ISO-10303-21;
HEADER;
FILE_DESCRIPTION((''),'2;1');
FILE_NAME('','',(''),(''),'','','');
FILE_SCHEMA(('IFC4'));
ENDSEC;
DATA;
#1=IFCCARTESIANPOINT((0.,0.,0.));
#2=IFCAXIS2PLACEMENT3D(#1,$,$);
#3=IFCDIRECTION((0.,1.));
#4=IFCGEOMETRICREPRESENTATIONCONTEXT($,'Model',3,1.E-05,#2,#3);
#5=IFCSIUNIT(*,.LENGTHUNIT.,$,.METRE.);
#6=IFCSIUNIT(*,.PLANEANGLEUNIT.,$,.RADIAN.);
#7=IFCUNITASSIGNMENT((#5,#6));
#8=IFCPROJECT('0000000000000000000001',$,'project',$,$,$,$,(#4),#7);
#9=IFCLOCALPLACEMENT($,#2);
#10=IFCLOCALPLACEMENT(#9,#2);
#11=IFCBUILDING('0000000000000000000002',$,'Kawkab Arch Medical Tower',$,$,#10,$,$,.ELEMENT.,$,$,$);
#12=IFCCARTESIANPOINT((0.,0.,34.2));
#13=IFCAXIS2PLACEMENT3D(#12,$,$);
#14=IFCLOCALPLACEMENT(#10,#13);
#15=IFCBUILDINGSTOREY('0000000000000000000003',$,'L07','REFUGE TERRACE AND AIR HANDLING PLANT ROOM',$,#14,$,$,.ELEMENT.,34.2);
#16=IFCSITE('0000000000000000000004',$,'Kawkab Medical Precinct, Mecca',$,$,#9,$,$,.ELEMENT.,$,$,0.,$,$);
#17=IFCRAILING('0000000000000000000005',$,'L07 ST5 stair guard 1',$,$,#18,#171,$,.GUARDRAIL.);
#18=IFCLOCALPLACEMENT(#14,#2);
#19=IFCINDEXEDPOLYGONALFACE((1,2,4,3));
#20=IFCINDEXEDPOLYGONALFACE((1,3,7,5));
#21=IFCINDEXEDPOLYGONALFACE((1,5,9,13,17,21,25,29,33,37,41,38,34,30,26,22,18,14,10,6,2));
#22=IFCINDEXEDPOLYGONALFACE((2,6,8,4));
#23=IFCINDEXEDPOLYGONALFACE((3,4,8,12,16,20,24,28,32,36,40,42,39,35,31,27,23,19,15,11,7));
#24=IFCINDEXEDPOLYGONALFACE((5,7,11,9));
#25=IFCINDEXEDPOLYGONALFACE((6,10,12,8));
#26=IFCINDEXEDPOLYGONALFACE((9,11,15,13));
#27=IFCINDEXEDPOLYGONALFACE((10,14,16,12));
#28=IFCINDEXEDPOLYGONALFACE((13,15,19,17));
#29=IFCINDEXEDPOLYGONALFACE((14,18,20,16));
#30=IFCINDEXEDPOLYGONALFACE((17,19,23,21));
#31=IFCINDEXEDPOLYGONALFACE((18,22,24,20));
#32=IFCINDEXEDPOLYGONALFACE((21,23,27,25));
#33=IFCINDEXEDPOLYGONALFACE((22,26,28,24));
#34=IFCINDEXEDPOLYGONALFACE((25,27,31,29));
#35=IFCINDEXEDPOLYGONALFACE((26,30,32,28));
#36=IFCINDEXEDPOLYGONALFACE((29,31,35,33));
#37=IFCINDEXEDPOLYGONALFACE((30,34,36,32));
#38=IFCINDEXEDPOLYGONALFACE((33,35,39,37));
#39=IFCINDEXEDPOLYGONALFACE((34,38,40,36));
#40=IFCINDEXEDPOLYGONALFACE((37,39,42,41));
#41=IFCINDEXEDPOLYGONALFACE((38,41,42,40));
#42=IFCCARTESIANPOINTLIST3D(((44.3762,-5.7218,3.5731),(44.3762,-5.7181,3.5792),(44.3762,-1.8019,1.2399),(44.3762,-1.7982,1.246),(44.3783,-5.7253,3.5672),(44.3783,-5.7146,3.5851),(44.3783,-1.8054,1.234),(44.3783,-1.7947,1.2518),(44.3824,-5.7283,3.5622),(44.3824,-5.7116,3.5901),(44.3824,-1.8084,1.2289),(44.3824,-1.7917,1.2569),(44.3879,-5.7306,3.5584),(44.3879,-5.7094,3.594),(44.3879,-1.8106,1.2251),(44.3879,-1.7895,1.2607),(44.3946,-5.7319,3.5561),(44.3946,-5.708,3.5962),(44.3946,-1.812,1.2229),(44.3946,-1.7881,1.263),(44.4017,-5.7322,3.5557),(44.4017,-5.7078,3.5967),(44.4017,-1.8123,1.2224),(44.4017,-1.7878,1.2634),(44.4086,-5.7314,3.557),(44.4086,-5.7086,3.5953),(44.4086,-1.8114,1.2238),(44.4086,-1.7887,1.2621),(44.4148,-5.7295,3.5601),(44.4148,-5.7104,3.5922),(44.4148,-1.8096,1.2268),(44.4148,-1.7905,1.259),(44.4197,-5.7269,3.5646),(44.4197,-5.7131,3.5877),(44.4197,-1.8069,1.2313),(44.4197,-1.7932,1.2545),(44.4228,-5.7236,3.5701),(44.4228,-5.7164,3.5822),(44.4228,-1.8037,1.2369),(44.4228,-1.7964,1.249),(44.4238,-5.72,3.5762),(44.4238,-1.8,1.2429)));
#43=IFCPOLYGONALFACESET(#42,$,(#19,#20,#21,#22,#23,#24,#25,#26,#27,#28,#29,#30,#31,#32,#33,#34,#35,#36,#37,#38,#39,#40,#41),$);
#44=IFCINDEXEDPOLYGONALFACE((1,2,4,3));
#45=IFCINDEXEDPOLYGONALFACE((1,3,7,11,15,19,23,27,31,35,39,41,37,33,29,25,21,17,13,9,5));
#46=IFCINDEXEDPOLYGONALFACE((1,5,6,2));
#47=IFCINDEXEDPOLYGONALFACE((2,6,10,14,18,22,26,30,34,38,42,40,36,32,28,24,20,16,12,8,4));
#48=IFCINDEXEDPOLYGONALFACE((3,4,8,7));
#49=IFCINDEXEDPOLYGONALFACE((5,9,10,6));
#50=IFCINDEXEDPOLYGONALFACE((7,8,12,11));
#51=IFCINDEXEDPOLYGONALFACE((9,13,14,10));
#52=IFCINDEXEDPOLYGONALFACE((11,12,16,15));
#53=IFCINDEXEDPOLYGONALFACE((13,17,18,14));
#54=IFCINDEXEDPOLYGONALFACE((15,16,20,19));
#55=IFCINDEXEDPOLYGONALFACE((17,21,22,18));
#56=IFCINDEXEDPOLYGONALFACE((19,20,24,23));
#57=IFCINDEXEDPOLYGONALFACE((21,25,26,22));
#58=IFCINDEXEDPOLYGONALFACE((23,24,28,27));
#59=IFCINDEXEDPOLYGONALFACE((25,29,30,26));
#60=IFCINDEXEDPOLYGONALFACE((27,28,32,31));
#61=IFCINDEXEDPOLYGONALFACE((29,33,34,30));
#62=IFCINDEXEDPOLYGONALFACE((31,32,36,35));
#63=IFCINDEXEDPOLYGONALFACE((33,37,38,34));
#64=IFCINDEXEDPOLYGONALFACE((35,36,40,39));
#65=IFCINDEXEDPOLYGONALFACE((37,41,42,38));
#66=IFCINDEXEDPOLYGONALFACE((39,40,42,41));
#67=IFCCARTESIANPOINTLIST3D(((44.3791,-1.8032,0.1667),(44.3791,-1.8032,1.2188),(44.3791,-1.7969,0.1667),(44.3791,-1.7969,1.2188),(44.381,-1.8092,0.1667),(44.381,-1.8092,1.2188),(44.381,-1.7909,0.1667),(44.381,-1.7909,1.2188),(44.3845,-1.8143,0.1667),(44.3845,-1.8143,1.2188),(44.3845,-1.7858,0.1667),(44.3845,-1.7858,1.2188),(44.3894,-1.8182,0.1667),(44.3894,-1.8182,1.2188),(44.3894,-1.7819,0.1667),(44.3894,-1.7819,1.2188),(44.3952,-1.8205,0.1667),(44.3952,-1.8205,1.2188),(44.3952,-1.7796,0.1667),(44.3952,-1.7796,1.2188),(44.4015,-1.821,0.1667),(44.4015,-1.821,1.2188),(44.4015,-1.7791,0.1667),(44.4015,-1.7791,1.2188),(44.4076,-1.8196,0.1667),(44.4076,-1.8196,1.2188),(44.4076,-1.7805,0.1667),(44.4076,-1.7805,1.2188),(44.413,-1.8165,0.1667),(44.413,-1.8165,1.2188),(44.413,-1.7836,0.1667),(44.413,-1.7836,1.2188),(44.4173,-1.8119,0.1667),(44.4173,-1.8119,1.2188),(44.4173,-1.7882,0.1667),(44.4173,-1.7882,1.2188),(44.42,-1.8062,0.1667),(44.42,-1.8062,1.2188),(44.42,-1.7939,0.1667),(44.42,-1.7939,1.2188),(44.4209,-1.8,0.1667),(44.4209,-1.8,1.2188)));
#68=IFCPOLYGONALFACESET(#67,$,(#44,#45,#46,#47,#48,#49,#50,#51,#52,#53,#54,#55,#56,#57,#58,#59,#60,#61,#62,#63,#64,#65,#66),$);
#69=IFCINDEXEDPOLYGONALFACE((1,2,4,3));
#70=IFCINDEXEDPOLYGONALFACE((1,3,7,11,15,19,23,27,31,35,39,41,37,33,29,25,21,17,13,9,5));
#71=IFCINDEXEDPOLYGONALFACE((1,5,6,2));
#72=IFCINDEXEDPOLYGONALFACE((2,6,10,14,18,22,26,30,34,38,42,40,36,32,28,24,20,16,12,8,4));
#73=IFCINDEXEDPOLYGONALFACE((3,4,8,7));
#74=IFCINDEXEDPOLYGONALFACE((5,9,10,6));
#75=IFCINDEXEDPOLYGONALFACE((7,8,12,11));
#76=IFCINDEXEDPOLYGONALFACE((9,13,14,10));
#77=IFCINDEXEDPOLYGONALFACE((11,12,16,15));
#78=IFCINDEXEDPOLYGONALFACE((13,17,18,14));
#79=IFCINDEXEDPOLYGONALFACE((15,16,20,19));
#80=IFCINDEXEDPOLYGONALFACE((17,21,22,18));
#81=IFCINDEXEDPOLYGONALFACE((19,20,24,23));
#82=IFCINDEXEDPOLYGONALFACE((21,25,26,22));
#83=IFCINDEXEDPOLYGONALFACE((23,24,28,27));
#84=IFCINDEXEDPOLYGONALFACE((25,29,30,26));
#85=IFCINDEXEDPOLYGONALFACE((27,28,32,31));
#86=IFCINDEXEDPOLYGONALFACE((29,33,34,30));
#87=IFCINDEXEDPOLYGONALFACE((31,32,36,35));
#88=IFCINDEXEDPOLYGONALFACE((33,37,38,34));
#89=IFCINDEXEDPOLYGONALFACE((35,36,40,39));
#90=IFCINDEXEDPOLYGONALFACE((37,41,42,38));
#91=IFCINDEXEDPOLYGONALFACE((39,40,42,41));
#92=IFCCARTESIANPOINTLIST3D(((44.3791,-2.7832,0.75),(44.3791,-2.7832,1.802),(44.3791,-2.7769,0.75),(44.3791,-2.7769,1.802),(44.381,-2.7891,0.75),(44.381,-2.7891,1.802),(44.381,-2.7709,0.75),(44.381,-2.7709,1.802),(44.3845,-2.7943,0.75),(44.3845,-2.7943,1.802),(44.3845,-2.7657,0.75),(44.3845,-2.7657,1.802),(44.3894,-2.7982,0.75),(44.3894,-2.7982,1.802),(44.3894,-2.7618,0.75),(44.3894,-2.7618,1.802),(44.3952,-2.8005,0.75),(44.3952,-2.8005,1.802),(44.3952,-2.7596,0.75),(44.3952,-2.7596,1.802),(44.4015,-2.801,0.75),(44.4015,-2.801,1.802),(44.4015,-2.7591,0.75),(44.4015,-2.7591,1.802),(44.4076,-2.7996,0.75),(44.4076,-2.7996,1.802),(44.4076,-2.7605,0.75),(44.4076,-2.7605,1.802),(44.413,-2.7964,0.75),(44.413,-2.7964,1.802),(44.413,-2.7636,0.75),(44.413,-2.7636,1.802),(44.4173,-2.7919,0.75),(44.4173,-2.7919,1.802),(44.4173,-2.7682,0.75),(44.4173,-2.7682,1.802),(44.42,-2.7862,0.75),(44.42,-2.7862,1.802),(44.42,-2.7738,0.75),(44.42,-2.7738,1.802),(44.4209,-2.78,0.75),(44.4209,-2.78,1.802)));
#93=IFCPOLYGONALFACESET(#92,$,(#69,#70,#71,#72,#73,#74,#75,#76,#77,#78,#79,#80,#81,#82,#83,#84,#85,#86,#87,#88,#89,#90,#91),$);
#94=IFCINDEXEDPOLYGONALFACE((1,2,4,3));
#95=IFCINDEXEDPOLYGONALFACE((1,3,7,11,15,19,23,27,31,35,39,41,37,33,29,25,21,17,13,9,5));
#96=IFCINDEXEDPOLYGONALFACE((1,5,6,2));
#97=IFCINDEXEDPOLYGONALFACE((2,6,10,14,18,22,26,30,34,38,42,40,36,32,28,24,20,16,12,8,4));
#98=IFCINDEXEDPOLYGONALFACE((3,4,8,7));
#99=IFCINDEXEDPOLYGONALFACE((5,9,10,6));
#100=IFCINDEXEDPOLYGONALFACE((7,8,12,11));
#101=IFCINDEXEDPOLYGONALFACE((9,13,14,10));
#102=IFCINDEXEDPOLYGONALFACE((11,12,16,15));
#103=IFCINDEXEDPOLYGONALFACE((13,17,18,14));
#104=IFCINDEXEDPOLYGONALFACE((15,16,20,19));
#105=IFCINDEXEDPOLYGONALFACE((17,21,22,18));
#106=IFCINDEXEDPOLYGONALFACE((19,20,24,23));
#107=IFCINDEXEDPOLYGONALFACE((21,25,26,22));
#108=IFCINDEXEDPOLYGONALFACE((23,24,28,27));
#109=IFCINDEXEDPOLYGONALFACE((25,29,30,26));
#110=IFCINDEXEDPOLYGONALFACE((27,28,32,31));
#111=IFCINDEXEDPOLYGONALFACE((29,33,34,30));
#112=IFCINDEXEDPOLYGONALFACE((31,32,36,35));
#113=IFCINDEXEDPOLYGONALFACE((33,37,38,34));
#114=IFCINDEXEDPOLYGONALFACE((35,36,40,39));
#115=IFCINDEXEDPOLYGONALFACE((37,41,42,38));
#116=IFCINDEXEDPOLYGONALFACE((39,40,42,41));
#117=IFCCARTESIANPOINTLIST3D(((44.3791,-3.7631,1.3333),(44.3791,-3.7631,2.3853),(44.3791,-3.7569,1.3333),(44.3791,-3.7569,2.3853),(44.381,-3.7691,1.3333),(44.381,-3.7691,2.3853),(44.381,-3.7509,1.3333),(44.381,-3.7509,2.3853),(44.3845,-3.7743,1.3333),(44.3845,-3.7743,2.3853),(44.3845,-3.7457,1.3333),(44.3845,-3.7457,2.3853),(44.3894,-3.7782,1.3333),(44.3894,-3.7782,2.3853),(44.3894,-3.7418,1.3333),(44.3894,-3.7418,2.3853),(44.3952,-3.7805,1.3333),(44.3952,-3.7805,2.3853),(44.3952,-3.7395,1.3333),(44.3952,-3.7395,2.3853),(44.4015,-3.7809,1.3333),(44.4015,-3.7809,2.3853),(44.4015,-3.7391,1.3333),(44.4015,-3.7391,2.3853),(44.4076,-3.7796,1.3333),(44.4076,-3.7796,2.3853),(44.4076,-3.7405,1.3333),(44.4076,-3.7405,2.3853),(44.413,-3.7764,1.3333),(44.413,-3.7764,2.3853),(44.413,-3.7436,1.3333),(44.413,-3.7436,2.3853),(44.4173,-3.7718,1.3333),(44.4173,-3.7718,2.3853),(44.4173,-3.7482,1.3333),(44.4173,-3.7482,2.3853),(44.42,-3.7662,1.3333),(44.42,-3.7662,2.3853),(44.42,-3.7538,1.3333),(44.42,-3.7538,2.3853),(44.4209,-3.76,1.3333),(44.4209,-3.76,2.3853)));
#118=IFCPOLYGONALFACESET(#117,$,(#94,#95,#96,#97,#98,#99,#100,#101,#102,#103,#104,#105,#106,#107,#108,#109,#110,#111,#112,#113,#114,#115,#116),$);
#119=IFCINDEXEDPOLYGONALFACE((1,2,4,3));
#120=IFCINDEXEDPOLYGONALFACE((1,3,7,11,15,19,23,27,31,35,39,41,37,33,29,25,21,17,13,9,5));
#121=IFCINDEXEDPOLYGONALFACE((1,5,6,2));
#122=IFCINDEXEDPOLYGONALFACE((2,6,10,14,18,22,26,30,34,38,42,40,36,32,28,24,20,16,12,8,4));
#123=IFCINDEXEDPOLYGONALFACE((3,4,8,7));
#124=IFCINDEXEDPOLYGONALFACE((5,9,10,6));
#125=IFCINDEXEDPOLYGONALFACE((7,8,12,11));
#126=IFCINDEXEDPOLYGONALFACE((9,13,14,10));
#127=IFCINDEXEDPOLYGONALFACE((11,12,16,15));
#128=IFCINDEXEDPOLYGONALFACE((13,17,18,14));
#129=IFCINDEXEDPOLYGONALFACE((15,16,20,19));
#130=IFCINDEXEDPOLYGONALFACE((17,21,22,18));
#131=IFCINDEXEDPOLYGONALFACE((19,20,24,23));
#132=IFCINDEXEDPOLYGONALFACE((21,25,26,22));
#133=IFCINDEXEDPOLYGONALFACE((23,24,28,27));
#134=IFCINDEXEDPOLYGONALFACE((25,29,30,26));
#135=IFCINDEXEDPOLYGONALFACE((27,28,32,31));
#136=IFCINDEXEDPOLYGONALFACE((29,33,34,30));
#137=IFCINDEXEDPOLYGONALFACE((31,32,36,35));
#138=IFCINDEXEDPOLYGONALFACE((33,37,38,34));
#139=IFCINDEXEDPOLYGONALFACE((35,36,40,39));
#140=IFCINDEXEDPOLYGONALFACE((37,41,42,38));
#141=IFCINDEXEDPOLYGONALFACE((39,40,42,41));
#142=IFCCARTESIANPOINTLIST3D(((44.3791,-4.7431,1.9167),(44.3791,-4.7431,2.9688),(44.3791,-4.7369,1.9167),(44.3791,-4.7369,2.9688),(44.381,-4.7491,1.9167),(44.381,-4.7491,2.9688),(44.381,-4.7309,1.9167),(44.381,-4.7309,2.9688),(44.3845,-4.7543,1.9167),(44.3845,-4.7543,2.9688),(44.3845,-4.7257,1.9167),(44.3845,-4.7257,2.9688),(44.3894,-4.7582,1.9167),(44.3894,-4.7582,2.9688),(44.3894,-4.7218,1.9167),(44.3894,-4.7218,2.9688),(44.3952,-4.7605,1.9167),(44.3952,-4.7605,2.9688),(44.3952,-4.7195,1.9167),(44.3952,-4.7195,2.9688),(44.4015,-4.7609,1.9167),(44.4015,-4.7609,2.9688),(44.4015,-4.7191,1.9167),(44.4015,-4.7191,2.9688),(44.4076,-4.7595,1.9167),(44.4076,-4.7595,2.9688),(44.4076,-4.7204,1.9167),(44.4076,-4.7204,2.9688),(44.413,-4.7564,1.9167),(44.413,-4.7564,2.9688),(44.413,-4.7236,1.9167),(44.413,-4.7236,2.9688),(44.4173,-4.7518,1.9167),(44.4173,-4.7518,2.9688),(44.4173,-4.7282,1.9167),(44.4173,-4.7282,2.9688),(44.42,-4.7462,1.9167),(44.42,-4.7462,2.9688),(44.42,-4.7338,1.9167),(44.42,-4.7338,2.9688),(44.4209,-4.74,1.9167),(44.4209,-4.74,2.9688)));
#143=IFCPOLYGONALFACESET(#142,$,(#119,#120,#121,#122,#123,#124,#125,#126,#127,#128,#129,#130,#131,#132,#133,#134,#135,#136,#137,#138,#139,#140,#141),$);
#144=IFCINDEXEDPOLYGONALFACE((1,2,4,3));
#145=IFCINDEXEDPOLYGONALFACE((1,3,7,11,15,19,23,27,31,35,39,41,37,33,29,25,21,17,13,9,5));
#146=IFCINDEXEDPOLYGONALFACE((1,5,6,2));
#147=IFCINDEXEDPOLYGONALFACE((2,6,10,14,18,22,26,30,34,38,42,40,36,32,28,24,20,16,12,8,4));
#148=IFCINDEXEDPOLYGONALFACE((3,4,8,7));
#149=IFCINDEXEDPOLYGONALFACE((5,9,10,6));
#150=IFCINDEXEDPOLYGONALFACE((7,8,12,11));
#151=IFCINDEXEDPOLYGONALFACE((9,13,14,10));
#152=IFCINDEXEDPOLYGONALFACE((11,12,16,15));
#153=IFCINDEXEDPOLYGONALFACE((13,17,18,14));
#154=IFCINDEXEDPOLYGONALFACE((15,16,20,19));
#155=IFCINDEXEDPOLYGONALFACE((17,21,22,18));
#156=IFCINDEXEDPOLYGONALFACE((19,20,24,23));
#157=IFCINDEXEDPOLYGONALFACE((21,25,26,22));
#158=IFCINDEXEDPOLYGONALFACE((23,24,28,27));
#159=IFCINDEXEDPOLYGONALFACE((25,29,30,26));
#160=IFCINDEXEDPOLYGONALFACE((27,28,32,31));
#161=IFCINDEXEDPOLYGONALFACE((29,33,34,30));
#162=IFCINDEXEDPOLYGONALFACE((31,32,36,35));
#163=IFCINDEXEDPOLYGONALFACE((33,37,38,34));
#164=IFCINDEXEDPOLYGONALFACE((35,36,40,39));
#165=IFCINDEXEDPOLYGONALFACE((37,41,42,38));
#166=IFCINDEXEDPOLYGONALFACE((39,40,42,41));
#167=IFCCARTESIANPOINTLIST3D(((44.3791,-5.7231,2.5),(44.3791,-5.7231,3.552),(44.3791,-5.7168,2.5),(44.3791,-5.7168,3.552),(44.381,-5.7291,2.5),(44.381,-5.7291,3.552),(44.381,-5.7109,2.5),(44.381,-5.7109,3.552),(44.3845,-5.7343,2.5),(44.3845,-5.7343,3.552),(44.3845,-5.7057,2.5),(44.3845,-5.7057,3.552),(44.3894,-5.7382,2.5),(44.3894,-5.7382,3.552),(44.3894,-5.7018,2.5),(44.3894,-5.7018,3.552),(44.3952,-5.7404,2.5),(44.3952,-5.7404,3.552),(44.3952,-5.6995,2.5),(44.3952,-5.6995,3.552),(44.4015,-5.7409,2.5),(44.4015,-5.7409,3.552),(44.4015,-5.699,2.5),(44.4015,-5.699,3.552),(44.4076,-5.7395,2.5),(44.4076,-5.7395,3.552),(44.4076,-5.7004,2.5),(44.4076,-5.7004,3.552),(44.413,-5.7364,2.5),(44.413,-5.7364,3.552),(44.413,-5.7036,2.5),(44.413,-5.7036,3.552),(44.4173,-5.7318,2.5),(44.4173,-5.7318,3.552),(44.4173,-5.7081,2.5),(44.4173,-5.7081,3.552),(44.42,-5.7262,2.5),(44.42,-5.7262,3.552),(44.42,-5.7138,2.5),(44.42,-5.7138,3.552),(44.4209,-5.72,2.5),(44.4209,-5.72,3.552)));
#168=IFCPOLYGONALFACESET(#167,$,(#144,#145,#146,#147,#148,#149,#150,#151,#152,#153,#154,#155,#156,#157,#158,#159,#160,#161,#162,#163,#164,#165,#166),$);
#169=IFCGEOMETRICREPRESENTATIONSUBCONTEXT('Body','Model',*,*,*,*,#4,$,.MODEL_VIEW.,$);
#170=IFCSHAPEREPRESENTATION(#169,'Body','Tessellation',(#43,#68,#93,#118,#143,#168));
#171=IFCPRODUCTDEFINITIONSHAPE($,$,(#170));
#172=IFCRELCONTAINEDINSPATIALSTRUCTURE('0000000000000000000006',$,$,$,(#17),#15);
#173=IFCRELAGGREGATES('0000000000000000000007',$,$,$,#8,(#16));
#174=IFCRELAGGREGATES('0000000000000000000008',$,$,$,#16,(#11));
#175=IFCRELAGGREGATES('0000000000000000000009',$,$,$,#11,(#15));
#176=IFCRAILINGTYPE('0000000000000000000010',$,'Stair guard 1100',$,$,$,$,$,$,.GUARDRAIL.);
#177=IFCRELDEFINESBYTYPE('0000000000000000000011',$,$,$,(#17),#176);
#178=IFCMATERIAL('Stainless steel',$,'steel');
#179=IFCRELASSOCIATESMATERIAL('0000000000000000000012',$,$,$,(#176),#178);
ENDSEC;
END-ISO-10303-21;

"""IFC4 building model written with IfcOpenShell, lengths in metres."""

from ifc_helpers import new_model, si_unit, direction, frame, origin, origin_2d, place, context, subcontext, project, spatial, circle, extrude, material, type_object, element, save


model = new_model("IFC4")

# Units and contexts
model_context = context("Model", 3, precision=1e-05, world=origin(), true_north=direction((0.0, 1.0)))
body_context = subcontext(model_context, "Body", "Model", "MODEL_VIEW")
ifc_project = project(units=[si_unit("LENGTHUNIT", "METRE"), si_unit("PLANEANGLEUNIT", "RADIAN")], contexts=[model_context])

# Site, building, storey
site_placement = place(None, origin())
site = spatial("IfcSite", under=ifc_project, at=site_placement, Name="Kawkab Medical Precinct, Mecca", CompositionType="ELEMENT", RefElevation=0.0)
building_placement = place(site_placement, origin())
building = spatial("IfcBuilding", under=site, at=building_placement, Name="Kawkab Arch Medical Tower", CompositionType="ELEMENT")
storey_placement = place(building_placement, frame((0.0, 0.0, 34.2)))
storey = spatial("IfcBuildingStorey", under=building, at=storey_placement, Name="L07", Description="REFUGE TERRACE AND AIR HANDLING PLANT ROOM", CompositionType="ELEMENT", Elevation=34.2)

# Railing
ifc_material_1 = material(Name="Stainless steel", Category="steel")
railing_type = type_object("IfcRailingType", Name="Stair guard 1100", PredefinedType="GUARDRAIL", material=ifc_material_1)
railing_1_placement = place(storey_placement, frame((44.3999, -1.8, 0.1667)))
element("IfcRailing", 1, at=railing_1_placement, inside=storey, type_object=railing_type, Name="L07 ST5 stair guard 1", PredefinedType="GUARDRAIL", context=body_context, shape_type="SweptSolid", body=[
    extrude(circle(Radius=0.0239, at=origin_2d()), frame((0.0, 0.0, 1.0762), z_axis=(0.0, -0.859296, 0.511478), x_axis=(1.0, 0.0, 0.0)), (0.0, 0.0, 1.0), 4.5618),
    extrude(circle(Radius=0.021, at=origin_2d()), origin(), (0.0, 0.0, 1.0), 1.052),
    extrude(circle(Radius=0.021, at=origin_2d()), frame((0.0, -0.98, 0.5833)), (0.0, 0.0, 1.0), 1.052),
    extrude(circle(Radius=0.021, at=origin_2d()), frame((0.0, -1.96, 1.1665)), (0.0, 0.0, 1.0), 1.052),
    extrude(circle(Radius=0.021, at=origin_2d()), frame((0.0, -2.9399, 1.75)), (0.0, 0.0, 1.0), 1.052),
    extrude(circle(Radius=0.021, at=origin_2d()), frame((0.0, -3.9199, 2.3333)), (0.0, 0.0, 1.0), 1.052),
])

save(model, "model.ifc")
